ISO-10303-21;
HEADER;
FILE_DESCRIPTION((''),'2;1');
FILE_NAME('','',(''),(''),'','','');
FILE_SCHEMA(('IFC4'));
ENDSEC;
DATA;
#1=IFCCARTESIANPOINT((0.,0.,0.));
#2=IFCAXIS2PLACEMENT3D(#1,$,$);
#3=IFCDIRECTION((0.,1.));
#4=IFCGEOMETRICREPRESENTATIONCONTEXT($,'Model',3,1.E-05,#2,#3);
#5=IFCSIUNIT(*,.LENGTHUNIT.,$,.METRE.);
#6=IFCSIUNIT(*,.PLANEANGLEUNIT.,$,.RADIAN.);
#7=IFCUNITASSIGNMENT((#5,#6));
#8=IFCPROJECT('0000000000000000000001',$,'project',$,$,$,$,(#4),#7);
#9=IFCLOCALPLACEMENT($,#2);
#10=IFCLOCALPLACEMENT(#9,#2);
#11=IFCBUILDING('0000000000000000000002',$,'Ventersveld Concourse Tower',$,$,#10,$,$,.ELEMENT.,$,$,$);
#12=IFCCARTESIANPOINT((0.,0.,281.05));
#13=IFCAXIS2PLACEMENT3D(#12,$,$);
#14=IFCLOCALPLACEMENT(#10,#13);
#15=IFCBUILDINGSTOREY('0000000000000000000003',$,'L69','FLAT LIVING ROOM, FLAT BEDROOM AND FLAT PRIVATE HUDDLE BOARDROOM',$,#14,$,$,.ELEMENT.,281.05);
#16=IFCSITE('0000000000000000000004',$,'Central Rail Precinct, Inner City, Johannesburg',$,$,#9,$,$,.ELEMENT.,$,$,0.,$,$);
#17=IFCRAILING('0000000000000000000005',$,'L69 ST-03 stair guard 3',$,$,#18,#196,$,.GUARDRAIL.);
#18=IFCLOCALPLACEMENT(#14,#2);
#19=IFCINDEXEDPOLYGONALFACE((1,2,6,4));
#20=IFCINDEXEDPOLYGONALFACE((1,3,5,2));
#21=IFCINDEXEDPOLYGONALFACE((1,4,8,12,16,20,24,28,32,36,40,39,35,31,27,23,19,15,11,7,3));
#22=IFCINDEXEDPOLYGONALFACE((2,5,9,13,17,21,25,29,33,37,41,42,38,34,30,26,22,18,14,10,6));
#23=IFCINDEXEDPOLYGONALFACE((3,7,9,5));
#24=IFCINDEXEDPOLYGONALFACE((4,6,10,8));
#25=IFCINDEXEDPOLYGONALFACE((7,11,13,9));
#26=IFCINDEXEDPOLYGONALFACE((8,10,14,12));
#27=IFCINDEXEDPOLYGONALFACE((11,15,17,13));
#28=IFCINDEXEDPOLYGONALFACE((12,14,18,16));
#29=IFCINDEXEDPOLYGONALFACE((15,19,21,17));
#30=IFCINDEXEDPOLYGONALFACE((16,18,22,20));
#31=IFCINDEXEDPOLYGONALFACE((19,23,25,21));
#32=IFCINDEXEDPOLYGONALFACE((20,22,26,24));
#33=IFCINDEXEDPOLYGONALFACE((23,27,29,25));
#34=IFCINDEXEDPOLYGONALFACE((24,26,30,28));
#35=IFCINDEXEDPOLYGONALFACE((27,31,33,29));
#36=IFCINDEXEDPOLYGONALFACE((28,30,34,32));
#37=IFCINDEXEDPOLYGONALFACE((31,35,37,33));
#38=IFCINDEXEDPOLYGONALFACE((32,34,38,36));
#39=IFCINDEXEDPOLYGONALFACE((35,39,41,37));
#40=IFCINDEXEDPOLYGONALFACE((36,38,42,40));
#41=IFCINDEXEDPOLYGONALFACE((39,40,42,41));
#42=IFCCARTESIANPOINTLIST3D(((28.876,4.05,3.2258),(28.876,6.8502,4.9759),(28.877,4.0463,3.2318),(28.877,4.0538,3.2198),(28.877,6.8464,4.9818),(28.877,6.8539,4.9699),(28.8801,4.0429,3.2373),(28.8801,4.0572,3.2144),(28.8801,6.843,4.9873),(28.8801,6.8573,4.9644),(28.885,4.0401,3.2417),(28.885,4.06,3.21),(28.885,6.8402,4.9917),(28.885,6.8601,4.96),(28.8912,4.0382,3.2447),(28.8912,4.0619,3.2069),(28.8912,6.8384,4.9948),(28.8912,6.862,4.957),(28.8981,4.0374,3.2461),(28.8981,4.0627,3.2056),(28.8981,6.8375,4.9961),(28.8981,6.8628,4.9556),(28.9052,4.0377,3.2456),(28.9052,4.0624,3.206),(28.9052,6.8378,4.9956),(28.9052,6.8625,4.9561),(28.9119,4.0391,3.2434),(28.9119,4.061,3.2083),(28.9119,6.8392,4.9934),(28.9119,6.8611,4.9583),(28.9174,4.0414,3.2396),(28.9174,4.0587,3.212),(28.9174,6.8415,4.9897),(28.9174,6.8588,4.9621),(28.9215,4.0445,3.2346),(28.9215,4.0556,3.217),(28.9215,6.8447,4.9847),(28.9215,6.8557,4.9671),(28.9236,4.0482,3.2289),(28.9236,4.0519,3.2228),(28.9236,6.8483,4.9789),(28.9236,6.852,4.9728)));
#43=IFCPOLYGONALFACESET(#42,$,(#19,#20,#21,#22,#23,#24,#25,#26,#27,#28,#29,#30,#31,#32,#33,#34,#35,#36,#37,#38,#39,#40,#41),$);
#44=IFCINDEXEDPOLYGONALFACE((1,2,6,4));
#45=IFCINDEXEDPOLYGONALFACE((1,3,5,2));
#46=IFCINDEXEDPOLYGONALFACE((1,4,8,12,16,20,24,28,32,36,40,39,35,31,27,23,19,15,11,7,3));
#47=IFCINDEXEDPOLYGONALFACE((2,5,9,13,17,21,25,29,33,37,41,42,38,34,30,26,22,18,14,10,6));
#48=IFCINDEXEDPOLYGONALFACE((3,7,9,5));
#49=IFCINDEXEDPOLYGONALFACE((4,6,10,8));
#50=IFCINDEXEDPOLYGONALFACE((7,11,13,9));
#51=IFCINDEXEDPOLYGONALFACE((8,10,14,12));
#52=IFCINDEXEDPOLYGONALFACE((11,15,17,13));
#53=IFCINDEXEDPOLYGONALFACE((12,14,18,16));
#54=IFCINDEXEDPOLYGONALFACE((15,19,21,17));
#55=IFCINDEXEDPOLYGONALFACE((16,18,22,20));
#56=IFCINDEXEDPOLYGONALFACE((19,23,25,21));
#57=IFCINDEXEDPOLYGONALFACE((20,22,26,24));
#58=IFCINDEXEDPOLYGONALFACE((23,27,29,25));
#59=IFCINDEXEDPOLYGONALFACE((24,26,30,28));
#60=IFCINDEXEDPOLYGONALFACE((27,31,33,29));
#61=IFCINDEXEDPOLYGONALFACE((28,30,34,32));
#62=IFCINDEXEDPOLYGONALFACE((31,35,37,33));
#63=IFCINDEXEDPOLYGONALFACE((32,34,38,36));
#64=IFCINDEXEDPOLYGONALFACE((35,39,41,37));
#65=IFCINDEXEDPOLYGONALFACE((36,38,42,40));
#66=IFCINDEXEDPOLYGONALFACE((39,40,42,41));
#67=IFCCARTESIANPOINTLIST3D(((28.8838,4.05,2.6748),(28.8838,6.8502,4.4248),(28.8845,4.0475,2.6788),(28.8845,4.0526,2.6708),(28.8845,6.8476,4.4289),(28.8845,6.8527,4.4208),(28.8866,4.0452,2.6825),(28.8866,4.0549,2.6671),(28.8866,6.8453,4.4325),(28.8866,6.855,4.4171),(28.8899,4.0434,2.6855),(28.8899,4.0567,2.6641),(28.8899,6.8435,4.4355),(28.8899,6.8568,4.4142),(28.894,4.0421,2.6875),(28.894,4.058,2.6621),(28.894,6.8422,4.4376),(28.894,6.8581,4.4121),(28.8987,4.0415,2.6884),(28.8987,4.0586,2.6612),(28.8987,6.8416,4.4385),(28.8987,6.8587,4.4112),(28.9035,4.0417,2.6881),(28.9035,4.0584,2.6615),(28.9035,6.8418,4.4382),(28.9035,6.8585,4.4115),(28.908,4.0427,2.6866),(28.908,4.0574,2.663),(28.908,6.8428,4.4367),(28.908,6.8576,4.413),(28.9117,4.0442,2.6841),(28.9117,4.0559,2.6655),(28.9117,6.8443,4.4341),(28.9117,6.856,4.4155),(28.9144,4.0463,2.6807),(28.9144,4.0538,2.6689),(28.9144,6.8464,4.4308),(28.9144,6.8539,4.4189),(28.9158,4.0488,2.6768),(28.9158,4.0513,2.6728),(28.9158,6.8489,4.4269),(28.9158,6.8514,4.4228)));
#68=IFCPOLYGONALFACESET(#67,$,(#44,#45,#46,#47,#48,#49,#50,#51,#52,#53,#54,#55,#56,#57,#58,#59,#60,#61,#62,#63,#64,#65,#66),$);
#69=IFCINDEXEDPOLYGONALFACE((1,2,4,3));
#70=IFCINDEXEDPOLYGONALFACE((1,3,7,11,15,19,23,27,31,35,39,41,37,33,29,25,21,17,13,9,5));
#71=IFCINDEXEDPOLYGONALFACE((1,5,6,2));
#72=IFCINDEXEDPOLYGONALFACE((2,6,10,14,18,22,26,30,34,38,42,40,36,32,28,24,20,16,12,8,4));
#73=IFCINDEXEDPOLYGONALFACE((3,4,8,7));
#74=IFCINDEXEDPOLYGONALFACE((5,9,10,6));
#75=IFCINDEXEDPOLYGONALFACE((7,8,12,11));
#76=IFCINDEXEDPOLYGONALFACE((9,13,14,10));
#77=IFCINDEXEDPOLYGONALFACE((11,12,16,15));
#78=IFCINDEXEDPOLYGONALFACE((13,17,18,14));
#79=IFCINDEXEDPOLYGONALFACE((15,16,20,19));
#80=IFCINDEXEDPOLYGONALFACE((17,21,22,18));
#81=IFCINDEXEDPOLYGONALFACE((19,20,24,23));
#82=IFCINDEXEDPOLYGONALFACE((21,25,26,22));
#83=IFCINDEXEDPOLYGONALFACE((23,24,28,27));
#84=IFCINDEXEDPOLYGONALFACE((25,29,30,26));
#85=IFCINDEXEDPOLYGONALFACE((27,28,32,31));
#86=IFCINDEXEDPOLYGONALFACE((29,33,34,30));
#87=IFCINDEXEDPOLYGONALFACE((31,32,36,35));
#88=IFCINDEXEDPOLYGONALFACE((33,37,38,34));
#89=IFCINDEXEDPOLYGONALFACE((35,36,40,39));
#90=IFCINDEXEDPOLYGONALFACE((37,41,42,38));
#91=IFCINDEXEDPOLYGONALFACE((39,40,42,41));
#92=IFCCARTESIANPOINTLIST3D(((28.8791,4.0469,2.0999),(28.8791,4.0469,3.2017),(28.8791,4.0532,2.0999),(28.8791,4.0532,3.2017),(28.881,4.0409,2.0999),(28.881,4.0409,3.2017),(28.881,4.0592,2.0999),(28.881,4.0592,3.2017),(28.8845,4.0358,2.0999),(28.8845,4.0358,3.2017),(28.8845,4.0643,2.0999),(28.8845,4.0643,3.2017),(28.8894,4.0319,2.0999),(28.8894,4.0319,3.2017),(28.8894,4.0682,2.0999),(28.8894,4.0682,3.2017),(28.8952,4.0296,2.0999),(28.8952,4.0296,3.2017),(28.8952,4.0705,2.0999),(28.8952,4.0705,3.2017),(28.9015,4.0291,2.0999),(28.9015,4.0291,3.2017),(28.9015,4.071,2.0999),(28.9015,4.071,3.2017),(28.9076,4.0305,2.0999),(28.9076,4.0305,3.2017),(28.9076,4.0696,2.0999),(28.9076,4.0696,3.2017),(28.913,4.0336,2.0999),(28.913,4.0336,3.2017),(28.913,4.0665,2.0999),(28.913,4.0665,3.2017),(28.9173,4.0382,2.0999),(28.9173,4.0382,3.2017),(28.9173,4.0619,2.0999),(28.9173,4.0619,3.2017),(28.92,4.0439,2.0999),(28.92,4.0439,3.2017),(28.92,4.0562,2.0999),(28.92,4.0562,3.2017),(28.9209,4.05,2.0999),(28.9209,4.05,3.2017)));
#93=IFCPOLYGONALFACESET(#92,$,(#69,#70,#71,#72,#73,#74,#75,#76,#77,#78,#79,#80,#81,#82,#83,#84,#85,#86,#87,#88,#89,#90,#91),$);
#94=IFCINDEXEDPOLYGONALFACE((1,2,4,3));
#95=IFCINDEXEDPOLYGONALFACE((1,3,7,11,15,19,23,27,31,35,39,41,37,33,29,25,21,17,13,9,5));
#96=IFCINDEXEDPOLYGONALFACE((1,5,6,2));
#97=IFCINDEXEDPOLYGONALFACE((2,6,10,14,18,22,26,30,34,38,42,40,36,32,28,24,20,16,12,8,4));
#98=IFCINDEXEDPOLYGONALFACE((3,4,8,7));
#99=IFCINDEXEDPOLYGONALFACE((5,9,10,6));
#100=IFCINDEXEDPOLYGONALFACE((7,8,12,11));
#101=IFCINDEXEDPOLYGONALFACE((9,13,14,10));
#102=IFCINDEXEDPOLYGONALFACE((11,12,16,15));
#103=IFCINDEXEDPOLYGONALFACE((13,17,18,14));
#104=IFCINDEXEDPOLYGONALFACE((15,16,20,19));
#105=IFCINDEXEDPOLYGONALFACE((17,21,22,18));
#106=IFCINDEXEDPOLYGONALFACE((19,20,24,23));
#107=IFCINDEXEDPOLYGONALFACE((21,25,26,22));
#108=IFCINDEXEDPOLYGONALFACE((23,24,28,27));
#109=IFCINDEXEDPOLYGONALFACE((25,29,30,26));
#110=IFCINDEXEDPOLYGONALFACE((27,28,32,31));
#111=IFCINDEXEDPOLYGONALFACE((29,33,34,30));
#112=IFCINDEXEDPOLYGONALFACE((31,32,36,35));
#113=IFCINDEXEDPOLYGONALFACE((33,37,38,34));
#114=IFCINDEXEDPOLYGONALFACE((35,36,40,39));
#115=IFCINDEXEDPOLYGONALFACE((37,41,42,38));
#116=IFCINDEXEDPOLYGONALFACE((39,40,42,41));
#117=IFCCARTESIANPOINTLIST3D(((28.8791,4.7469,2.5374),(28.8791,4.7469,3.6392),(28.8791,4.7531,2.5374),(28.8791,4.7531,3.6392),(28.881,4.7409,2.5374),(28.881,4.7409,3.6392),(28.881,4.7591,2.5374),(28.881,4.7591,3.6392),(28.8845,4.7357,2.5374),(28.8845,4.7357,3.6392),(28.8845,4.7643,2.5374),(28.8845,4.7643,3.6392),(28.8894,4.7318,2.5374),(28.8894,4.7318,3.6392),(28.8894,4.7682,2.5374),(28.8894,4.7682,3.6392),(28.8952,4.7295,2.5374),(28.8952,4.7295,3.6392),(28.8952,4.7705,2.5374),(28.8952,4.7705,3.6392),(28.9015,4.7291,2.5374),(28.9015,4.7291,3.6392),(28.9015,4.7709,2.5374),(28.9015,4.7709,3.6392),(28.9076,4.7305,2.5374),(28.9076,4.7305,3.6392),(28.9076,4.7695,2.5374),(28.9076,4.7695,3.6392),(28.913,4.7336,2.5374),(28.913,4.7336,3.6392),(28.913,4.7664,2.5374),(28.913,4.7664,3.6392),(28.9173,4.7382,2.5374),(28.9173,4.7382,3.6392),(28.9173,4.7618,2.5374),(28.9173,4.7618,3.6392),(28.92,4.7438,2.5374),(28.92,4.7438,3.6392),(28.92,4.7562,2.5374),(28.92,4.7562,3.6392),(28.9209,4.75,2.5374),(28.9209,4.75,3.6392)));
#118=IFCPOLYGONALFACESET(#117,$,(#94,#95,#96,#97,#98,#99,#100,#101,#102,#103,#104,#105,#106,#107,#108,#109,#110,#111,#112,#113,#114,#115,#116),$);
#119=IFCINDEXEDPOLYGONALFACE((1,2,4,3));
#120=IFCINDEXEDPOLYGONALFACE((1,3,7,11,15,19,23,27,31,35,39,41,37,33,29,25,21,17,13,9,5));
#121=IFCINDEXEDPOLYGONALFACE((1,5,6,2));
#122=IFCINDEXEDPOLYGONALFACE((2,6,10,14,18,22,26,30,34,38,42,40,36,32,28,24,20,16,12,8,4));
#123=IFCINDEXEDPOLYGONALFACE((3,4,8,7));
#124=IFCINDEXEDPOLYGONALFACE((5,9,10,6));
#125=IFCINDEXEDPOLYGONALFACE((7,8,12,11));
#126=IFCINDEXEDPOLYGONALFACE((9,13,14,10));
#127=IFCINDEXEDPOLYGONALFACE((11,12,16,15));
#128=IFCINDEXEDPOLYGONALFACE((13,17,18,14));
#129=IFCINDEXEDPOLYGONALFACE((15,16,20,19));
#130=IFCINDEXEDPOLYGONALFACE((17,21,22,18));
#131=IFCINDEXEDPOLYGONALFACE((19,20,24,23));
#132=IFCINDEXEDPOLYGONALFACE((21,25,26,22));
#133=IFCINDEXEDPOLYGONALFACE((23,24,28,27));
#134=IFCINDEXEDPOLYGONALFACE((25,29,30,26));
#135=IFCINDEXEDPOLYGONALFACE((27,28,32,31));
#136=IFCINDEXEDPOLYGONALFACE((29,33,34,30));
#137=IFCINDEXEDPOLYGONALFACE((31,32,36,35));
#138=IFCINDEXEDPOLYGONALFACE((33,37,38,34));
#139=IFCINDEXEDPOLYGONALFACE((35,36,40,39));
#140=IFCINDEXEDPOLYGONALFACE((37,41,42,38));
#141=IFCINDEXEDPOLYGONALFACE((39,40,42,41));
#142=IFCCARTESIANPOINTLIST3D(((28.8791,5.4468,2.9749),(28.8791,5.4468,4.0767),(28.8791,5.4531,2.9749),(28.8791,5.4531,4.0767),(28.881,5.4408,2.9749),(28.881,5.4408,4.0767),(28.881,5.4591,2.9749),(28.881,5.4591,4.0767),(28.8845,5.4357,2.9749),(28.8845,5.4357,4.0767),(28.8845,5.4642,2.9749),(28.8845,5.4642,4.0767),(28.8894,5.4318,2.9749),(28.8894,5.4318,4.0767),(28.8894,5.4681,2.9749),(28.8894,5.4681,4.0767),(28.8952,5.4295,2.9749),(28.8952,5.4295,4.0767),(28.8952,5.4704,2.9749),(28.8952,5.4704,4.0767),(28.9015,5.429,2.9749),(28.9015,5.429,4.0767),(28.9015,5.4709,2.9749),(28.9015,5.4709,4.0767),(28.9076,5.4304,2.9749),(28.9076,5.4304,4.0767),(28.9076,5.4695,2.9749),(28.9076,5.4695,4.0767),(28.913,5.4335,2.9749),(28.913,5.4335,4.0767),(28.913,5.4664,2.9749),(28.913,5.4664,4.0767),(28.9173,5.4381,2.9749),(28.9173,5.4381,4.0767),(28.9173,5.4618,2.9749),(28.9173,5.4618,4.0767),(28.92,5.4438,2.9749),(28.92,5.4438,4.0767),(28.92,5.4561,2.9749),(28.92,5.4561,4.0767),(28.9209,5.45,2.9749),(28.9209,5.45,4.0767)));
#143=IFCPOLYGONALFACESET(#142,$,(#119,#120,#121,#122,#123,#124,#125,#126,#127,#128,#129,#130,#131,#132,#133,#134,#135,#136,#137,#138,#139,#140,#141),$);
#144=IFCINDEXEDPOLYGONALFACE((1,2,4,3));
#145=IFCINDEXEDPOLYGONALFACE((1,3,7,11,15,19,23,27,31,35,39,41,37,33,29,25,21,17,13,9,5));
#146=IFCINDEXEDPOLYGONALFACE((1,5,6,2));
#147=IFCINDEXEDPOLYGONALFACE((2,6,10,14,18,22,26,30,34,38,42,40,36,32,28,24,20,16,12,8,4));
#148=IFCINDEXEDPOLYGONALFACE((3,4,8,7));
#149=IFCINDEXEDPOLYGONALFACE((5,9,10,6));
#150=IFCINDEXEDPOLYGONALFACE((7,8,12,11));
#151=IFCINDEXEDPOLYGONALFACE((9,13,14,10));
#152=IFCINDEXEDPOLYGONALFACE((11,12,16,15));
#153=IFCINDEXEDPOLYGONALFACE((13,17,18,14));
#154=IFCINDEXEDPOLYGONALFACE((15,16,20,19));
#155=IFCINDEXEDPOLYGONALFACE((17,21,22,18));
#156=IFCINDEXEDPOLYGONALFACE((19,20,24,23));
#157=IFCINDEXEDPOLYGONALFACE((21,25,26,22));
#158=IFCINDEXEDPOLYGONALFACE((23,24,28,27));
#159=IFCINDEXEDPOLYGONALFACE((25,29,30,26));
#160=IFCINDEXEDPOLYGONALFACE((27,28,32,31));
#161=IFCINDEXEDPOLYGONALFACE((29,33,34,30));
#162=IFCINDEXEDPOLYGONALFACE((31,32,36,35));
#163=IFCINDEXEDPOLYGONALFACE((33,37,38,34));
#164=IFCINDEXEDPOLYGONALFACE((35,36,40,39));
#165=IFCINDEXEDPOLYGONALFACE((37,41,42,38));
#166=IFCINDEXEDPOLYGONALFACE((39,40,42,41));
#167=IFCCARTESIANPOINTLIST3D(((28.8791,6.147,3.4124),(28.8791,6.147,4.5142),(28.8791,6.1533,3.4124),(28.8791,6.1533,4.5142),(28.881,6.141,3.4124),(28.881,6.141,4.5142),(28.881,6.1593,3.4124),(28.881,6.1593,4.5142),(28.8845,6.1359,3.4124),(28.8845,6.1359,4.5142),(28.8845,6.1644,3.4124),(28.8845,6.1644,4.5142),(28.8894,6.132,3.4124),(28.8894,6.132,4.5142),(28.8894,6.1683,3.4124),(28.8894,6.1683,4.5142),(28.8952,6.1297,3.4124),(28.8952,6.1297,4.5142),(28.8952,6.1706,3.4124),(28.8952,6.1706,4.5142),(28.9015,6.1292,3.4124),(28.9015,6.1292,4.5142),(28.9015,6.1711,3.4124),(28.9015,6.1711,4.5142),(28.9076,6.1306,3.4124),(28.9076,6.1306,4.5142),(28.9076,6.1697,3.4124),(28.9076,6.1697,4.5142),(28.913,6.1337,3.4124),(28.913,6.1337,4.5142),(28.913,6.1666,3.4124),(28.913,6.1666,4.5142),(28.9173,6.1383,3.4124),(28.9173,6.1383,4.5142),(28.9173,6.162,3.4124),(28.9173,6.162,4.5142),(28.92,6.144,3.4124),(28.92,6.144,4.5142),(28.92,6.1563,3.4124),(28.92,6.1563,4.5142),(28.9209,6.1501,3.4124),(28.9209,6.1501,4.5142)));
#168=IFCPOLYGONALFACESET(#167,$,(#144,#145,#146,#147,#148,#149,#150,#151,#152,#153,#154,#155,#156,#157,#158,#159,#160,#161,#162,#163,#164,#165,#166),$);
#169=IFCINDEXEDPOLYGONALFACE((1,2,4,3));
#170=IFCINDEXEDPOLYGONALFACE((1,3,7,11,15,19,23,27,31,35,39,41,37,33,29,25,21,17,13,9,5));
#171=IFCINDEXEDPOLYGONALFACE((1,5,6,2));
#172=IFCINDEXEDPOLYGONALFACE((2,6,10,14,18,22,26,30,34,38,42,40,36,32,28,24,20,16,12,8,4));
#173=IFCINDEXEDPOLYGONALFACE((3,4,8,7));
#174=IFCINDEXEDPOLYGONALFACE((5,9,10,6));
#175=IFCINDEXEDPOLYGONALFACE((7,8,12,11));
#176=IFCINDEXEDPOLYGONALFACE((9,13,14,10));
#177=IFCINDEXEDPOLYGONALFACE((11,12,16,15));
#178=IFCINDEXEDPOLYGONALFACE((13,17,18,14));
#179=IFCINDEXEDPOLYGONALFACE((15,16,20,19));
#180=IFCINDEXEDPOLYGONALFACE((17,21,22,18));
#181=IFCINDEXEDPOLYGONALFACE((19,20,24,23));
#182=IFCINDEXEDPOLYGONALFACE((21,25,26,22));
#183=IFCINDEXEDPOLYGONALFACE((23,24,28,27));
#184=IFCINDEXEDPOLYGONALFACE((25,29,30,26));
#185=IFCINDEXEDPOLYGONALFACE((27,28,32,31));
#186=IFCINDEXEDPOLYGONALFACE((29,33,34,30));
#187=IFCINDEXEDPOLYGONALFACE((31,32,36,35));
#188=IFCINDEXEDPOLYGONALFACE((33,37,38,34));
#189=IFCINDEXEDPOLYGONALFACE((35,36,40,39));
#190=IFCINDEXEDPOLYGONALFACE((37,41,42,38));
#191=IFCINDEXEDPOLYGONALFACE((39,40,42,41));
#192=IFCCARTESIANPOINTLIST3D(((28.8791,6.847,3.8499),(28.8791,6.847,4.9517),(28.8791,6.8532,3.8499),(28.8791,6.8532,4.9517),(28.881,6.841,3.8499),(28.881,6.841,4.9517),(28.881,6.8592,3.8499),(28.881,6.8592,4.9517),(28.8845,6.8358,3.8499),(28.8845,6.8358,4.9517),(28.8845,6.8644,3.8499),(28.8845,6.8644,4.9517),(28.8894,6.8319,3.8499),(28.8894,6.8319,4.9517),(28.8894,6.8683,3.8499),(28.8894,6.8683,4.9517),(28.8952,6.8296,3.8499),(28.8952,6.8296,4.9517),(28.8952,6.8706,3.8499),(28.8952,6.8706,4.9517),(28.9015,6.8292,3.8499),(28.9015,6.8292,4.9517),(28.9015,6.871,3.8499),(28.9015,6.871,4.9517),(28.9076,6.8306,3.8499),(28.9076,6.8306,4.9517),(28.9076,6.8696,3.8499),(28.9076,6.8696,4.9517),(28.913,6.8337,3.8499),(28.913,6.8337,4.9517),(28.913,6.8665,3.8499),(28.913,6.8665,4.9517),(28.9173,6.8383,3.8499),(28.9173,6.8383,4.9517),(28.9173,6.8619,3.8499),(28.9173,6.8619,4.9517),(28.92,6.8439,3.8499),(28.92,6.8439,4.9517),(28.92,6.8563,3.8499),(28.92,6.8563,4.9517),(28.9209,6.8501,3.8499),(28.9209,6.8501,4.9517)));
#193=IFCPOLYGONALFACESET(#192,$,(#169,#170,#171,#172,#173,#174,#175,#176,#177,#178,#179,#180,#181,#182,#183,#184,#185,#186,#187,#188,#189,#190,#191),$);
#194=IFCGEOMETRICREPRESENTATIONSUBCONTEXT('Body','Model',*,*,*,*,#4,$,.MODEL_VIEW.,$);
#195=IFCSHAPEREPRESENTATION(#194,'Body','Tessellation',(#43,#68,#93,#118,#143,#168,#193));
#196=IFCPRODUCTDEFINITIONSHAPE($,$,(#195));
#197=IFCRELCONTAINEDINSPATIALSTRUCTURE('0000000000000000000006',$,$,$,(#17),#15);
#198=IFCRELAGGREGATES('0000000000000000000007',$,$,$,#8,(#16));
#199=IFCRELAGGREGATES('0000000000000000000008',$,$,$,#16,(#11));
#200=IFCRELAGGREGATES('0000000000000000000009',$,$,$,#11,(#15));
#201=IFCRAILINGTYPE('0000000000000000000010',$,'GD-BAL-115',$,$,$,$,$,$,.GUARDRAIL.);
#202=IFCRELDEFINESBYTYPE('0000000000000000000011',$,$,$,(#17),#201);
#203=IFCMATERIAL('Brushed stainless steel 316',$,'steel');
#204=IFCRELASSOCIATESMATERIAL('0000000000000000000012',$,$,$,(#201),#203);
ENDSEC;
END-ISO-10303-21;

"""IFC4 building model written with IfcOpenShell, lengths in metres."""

from ifc_helpers import new_model, si_unit, direction, frame, origin, origin_2d, place, context, subcontext, project, spatial, circle, extrude, material, type_object, element, save


model = new_model("IFC4")

# Units and contexts
model_context = context("Model", 3, precision=1e-05, world=origin(), true_north=direction((0.0, 1.0)))
body_context = subcontext(model_context, "Body", "Model", "MODEL_VIEW")
ifc_project = project(units=[si_unit("LENGTHUNIT", "METRE"), si_unit("PLANEANGLEUNIT", "RADIAN")], contexts=[model_context])

# Site, building, storey
site_placement = place(None, origin())
site = spatial("IfcSite", under=ifc_project, at=site_placement, Name="Central Rail Precinct, Inner City, Johannesburg", CompositionType="ELEMENT", RefElevation=0.0)
building_placement = place(site_placement, origin())
building = spatial("IfcBuilding", under=site, at=building_placement, Name="Ventersveld Concourse Tower", CompositionType="ELEMENT")
storey_placement = place(building_placement, frame((0.0, 0.0, 281.05)))
storey = spatial("IfcBuildingStorey", under=building, at=storey_placement, Name="L69", Description="FLAT LIVING ROOM, FLAT BEDROOM AND FLAT PRIVATE HUDDLE BOARDROOM", CompositionType="ELEMENT", Elevation=281.05)

# Shared definitions
ifc_material_1 = material(Name="Brushed stainless steel 316", Category="steel")

# Railing
railing_type_1 = type_object("IfcRailingType", Name="GD-BAL-115", PredefinedType="GUARDRAIL", material=ifc_material_1)
railing_1_placement = place(storey_placement, frame((28.8999, 4.05, 2.0999)))
element("IfcRailing", 1, at=railing_1_placement, inside=storey, type_object=railing_type_1, Name="L69 ST-03 stair guard 3", PredefinedType="GUARDRAIL", context=body_context, shape_type="SweptSolid", body=[
    extrude(circle(Radius=0.0239, at=origin_2d()), frame((0.0, 0.0, 1.126), z_axis=(0.0, 0.848002, 0.529992), x_axis=(-1.0, 0.0, 0.0)), (0.0, 0.0, 1.0), 3.302),
    extrude(circle(Radius=0.0161, at=origin_2d()), frame((0.0, 0.0, 0.575), z_axis=(0.0, 0.848002, 0.529992), x_axis=(-1.0, 0.0, 0.0)), (0.0, 0.0, 1.0), 3.302),
    extrude(circle(Radius=0.021, at=origin_2d()), origin(), (0.0, 0.0, 1.0), 1.1018),
    extrude(circle(Radius=0.021, at=origin_2d()), frame((0.0, 0.7, 0.4375)), (0.0, 0.0, 1.0), 1.1018),
    extrude(circle(Radius=0.021, at=origin_2d()), frame((0.0, 1.3999, 0.875)), (0.0, 0.0, 1.0), 1.1018),
    extrude(circle(Radius=0.021, at=origin_2d()), frame((0.0, 2.1001, 1.3125)), (0.0, 0.0, 1.0), 1.1018),
    extrude(circle(Radius=0.021, at=origin_2d()), frame((0.0, 2.8, 1.75)), (0.0, 0.0, 1.0), 1.1018),
])

save(model, "model.ifc")
